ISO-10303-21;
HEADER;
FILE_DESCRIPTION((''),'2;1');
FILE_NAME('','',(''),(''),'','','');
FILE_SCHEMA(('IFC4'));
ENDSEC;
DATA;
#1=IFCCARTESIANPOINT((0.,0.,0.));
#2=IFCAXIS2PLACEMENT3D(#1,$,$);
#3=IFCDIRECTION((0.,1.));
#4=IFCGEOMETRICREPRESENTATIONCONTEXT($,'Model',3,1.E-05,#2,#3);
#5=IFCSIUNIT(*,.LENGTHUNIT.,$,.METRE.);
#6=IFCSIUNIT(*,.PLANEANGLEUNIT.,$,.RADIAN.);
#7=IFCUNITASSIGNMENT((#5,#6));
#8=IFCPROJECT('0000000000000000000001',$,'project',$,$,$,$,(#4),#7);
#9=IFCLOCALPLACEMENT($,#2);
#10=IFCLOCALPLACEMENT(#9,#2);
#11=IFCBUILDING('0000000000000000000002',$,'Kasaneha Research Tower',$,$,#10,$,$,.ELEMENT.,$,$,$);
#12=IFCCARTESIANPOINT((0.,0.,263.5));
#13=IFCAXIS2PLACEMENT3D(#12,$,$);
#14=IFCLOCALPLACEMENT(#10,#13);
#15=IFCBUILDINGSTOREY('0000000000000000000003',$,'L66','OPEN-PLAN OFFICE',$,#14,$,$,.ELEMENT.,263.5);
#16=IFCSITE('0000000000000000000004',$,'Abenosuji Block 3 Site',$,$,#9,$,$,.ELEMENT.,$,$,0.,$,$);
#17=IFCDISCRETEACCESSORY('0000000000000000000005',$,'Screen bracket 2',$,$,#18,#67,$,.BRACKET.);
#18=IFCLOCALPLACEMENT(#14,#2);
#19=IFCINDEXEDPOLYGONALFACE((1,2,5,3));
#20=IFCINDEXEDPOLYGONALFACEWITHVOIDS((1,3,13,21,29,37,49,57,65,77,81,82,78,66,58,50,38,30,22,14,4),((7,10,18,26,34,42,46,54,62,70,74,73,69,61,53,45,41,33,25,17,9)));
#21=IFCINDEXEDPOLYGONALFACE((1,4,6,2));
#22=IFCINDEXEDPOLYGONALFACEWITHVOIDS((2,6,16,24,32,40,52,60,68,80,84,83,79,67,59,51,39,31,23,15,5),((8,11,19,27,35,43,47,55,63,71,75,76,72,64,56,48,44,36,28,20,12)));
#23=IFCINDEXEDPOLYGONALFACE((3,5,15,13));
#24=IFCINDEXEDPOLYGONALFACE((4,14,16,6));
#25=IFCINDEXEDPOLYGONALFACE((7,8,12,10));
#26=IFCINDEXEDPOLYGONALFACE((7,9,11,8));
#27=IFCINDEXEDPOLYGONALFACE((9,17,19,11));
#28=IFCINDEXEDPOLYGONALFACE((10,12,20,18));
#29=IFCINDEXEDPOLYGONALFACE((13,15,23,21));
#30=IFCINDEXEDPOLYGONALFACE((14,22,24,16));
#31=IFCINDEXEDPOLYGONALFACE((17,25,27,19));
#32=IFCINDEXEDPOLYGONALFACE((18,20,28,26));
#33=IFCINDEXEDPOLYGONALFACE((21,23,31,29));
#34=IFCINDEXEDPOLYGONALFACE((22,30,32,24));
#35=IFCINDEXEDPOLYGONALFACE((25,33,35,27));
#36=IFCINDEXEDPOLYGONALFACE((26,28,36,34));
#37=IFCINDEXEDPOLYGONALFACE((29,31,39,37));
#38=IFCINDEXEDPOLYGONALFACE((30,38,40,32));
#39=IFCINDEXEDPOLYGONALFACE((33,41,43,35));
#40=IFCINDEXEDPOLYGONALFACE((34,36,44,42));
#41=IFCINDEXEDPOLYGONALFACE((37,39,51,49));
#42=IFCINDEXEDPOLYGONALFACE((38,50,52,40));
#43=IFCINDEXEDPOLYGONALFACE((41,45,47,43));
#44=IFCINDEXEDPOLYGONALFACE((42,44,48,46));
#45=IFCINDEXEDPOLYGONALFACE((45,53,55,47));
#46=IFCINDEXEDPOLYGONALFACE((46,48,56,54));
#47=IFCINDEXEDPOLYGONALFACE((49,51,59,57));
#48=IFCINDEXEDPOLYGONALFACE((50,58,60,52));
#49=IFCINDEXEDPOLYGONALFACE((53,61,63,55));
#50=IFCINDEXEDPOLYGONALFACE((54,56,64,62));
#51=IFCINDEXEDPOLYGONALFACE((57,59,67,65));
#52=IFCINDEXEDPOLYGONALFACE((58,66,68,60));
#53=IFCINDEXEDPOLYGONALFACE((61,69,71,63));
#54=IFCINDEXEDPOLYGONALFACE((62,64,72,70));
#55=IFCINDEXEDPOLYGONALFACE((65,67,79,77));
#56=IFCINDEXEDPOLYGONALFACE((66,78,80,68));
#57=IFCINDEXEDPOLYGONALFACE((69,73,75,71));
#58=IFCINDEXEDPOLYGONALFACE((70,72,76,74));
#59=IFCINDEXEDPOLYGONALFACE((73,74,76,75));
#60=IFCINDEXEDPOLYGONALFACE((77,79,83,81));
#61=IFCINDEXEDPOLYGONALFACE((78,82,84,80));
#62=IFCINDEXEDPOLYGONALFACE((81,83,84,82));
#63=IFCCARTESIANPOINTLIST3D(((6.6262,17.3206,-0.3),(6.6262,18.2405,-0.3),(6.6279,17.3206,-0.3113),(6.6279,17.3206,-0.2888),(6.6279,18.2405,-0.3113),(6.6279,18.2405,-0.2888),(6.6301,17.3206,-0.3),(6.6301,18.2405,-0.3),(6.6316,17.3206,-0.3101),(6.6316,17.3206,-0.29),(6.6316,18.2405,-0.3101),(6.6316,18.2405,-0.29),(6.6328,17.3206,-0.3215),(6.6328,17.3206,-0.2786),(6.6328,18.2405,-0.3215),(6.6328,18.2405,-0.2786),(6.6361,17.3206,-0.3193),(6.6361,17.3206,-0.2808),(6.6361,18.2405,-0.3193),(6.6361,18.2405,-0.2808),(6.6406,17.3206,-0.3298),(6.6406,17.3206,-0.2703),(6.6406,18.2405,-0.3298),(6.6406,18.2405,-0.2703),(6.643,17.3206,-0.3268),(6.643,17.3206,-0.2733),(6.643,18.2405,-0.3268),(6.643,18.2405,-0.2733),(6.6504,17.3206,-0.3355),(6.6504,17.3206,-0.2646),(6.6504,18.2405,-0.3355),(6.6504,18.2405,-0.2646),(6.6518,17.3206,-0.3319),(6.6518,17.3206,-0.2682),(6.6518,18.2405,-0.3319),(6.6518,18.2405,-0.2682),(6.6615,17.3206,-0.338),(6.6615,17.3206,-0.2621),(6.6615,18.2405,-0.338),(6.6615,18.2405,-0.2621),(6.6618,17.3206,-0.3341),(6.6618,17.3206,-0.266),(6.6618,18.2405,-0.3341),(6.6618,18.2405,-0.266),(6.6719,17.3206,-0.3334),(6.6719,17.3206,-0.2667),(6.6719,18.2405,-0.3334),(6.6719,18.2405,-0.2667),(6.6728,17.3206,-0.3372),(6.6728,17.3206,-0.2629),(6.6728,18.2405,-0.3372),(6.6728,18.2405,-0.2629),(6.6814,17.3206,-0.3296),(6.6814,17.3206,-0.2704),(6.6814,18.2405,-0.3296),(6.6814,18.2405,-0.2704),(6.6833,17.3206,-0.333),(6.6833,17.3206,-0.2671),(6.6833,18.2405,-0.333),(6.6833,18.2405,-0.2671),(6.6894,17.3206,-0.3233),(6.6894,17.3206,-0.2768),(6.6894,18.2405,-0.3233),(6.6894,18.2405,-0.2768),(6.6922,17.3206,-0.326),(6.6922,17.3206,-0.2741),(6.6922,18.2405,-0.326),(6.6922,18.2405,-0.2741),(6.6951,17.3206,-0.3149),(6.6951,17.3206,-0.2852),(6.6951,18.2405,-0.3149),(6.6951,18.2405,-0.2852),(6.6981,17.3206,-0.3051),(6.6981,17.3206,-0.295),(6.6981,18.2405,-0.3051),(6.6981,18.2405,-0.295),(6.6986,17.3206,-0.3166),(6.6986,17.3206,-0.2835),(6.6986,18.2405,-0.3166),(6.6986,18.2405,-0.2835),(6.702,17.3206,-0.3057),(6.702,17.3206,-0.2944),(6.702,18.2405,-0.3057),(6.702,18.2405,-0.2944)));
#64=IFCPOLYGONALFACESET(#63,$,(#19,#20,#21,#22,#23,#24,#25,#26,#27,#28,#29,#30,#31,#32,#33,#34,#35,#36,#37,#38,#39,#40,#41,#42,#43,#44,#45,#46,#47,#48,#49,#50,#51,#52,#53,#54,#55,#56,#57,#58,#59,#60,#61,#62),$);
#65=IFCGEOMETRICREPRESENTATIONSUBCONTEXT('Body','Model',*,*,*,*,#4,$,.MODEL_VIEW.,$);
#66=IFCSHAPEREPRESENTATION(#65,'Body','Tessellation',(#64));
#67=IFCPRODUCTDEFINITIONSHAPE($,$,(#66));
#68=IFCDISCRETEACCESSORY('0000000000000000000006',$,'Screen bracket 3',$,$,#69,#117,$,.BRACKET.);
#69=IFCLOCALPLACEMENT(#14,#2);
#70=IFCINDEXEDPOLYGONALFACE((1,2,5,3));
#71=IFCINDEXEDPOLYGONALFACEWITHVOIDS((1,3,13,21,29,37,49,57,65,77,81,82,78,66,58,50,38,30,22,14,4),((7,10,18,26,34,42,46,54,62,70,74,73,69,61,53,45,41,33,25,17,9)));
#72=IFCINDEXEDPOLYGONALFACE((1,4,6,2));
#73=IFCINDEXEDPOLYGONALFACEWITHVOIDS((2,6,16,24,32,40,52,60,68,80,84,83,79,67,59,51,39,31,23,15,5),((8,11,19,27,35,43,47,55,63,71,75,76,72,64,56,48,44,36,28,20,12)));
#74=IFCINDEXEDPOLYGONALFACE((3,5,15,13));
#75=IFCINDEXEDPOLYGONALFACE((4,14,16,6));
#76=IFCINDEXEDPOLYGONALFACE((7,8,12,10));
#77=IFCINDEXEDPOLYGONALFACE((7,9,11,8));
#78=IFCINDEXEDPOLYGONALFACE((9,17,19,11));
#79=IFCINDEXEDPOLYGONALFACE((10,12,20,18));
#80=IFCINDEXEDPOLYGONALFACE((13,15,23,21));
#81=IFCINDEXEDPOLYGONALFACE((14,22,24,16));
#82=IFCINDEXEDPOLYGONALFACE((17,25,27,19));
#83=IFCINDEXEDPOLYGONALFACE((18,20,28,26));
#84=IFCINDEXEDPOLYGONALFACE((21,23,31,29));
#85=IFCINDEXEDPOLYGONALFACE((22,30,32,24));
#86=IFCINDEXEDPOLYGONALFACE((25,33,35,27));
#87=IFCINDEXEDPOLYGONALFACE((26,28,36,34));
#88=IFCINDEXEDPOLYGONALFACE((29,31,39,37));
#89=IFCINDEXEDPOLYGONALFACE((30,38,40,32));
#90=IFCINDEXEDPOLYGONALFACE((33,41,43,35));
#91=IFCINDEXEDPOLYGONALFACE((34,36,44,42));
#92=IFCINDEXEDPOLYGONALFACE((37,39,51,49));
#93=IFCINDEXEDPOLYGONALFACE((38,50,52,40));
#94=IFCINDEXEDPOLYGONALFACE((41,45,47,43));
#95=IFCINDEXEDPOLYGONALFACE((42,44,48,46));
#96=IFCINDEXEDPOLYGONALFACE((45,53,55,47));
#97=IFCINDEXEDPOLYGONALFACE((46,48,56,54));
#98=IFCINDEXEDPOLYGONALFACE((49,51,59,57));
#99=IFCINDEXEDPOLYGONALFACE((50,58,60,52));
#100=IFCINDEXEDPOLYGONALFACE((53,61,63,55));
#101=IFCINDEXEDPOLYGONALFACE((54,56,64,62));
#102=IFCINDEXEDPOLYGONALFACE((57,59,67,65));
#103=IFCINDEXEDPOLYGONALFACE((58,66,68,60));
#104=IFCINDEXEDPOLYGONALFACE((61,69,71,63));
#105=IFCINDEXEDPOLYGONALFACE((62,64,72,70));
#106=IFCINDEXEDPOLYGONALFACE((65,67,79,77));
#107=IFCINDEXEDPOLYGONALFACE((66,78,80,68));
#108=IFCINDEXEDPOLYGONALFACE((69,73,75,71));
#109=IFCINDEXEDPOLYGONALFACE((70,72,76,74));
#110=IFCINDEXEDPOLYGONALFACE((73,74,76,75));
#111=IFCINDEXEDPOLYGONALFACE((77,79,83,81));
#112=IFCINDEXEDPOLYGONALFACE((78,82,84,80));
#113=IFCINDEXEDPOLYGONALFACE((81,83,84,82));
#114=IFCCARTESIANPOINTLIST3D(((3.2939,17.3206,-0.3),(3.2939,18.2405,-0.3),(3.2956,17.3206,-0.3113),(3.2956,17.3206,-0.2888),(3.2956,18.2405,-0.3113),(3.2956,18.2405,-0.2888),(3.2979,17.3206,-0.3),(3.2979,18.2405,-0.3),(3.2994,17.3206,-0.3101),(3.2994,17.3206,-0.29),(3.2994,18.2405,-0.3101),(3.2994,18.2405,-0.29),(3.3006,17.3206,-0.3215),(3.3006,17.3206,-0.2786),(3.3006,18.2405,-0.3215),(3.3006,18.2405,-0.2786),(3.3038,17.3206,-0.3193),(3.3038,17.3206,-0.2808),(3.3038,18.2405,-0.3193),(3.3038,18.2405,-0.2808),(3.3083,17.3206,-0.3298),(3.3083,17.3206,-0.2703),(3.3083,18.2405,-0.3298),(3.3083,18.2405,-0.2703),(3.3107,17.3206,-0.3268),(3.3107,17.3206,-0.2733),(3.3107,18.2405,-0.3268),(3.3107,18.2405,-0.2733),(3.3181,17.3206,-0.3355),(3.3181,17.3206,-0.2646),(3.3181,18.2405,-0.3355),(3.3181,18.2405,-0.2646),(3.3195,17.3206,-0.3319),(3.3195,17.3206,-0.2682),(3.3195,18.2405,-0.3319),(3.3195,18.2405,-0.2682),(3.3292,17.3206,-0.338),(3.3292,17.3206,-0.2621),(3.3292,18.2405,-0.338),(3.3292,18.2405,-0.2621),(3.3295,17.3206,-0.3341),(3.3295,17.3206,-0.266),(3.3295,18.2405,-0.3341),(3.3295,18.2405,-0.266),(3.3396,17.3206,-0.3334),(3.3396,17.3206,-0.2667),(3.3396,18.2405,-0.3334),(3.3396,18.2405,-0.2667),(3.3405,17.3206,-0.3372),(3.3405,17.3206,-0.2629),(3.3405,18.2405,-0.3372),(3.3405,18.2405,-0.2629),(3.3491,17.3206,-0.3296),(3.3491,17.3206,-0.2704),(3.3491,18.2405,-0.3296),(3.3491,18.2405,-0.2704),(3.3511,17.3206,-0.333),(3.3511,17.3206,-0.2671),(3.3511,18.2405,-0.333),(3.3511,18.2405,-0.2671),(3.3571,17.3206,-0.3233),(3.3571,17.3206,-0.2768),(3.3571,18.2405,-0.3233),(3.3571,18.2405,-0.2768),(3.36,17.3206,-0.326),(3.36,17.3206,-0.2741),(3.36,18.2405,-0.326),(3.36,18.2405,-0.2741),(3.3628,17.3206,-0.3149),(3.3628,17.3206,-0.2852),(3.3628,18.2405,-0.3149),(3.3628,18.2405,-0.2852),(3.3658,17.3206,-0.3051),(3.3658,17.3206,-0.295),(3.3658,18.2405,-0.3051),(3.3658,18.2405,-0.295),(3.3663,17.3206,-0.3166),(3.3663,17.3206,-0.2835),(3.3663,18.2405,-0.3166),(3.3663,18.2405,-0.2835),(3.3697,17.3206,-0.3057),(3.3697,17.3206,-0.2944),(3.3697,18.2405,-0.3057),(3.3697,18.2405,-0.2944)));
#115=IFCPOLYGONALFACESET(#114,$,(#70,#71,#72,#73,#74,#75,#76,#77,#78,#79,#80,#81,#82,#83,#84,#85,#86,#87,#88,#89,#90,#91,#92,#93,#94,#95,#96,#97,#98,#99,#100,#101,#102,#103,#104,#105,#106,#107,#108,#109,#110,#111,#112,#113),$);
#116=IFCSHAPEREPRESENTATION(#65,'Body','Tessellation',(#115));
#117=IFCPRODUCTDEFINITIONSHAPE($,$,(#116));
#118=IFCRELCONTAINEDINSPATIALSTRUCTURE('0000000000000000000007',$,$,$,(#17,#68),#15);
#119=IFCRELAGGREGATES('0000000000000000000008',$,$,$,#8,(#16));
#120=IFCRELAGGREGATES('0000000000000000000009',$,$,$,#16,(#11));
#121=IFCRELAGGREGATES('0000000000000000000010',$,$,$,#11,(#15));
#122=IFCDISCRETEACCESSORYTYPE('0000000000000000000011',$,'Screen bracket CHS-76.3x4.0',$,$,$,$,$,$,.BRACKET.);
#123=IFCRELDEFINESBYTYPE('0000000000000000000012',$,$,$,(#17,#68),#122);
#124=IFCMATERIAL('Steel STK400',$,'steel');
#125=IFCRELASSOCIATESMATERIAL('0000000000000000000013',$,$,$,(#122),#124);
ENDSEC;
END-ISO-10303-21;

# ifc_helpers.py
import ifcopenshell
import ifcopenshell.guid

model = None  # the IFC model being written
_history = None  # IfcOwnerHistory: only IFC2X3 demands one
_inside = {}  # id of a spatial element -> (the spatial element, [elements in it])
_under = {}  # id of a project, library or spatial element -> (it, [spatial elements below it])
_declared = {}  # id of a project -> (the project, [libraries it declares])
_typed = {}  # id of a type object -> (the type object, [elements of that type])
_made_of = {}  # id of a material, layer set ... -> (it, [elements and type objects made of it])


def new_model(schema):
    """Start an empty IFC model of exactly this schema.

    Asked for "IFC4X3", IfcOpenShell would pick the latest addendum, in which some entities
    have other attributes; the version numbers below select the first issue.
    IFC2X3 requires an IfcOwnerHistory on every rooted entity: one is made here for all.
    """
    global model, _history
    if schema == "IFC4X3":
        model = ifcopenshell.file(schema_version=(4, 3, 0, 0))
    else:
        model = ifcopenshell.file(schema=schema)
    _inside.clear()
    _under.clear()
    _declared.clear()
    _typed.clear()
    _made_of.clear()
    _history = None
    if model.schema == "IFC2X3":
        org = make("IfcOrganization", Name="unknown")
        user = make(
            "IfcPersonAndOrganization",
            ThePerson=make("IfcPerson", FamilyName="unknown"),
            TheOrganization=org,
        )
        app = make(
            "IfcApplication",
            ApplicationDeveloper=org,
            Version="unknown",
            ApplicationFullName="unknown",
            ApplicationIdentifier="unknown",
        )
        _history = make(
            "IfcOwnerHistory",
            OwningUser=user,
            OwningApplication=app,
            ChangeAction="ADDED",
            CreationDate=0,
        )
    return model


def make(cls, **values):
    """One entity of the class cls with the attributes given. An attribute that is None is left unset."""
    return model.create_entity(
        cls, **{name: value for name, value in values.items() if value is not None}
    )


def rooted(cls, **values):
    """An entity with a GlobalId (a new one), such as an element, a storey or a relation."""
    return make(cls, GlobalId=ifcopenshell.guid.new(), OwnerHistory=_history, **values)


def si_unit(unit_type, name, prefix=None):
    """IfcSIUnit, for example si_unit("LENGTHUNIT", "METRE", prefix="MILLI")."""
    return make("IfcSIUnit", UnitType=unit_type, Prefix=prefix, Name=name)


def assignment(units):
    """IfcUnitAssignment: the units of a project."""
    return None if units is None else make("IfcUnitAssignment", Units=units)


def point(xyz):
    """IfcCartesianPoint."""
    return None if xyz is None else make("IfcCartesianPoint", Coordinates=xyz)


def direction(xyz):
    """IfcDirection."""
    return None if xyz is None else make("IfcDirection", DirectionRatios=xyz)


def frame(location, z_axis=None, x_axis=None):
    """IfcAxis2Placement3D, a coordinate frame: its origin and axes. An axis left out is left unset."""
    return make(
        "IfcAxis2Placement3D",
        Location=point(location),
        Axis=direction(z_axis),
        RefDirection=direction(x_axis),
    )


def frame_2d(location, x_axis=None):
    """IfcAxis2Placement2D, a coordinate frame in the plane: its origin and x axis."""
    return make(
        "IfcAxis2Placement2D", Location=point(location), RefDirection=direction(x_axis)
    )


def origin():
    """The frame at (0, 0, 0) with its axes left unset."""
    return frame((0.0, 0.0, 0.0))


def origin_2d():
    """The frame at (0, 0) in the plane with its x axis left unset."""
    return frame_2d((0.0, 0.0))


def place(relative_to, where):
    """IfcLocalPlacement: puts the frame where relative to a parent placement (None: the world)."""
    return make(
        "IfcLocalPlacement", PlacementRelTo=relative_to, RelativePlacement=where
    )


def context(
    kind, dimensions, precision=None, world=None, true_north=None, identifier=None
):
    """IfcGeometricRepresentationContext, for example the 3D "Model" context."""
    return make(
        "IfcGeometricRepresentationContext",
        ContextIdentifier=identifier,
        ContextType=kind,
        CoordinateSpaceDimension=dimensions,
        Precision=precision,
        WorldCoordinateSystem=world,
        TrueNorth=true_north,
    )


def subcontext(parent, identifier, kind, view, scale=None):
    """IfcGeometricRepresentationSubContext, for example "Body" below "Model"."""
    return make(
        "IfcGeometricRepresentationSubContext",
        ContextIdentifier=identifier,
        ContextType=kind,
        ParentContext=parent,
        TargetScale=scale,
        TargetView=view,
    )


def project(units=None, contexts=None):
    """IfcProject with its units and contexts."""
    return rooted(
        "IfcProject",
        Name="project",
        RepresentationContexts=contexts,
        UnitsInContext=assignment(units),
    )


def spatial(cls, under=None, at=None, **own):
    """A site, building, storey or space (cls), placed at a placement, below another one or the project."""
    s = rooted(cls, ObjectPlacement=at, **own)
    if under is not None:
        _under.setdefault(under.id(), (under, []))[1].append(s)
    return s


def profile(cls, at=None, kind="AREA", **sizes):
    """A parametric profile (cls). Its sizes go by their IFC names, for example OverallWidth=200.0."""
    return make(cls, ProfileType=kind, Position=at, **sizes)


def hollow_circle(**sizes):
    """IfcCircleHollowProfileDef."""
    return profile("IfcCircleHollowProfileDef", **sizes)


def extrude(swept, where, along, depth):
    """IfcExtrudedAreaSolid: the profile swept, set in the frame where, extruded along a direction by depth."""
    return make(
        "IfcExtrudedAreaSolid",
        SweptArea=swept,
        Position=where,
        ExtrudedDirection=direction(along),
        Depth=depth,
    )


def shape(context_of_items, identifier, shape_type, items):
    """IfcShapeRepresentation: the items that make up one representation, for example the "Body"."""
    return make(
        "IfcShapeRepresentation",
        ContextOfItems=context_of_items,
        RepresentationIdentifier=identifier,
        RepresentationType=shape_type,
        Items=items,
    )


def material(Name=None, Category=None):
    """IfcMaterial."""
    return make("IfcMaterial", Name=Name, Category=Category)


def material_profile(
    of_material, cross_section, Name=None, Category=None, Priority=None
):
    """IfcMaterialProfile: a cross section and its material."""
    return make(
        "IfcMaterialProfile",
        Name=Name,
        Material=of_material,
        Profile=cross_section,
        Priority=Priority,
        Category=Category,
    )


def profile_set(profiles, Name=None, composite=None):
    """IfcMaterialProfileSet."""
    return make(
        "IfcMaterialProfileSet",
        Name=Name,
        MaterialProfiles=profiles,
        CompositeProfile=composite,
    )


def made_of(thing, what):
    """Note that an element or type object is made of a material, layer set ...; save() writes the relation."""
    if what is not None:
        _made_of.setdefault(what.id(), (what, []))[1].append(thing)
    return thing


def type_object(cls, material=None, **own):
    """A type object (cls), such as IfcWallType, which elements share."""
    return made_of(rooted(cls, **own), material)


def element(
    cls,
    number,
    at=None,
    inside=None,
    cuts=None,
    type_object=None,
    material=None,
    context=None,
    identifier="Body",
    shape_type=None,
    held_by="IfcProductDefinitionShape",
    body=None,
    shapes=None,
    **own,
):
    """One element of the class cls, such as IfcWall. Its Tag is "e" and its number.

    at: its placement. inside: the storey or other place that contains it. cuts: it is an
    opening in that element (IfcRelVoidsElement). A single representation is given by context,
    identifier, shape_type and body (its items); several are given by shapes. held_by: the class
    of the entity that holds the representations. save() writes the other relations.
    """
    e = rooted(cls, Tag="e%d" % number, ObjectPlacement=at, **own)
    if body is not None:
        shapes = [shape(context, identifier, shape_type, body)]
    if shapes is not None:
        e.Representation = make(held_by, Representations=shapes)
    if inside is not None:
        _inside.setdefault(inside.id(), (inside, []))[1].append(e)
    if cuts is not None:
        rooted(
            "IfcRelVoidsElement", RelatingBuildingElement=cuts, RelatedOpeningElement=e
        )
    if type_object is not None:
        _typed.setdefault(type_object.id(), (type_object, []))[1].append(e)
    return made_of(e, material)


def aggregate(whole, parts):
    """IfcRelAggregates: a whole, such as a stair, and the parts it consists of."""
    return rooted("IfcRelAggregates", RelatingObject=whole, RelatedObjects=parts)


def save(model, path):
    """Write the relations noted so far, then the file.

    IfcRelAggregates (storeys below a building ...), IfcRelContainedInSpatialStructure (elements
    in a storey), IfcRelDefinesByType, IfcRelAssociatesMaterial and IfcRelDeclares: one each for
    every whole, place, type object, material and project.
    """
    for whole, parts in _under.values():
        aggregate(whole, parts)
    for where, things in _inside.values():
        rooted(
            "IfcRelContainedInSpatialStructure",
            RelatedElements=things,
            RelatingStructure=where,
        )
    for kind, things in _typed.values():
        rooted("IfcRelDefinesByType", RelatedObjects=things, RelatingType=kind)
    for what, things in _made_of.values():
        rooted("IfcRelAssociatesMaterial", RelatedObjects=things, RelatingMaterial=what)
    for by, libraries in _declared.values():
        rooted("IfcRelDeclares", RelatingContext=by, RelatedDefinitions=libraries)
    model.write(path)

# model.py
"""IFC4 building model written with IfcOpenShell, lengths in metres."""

from ifc_helpers import new_model, si_unit, direction, frame, origin, origin_2d, place, context, subcontext, project, spatial, hollow_circle, extrude, material, material_profile, profile_set, type_object, element, save


model = new_model("IFC4")

# Units and contexts
model_context = context("Model", 3, precision=1e-05, world=origin(), true_north=direction((0.0, 1.0)))
body_context = subcontext(model_context, "Body", "Model", "MODEL_VIEW")
ifc_project = project(units=[si_unit("LENGTHUNIT", "METRE"), si_unit("PLANEANGLEUNIT", "RADIAN")], contexts=[model_context])

# Site, building, storey
site_placement = place(None, origin())
site = spatial("IfcSite", under=ifc_project, at=site_placement, Name="Abenosuji Block 3 Site", CompositionType="ELEMENT", RefElevation=0.0)
building_placement = place(site_placement, origin())
building = spatial("IfcBuilding", under=site, at=building_placement, Name="Kasaneha Research Tower", CompositionType="ELEMENT")
storey_placement = place(building_placement, frame((0.0, 0.0, 263.5)))
storey = spatial("IfcBuildingStorey", under=building, at=storey_placement, Name="L66", Description="OPEN-PLAN OFFICE", CompositionType="ELEMENT", Elevation=263.5)

# Discrete accessories
ifc_material_1 = material(Name="Steel STK400", Category="steel")
ifc_material_profile_1 = material_profile(ifc_material_1, hollow_circle(Radius=0.0381, WallThickness=0.0039, at=origin_2d()), Name="CHS-76.3x4.0")
ifc_profile_set_1 = profile_set([ifc_material_profile_1], Name="Steel STK400")
discrete_accessory_type = type_object("IfcDiscreteAccessoryType", Name="Screen bracket CHS-76.3x4.0", PredefinedType="BRACKET", material=ifc_profile_set_1)
for number, where, z_axis, x_axis, name in (
    (1, (6.6643, 17.3206, -0.3), (0.0, 1.0, 0.0), (-1.0, 0.0, 0.0), "Screen bracket 2"),
    (2, (3.332, 17.3206, -0.3), (0.0, 1.0, 0.0), (-1.0, 0.0, 0.0), "Screen bracket 3"),
):
    element("IfcDiscreteAccessory", number, at=place(storey_placement, frame(where, z_axis=z_axis, x_axis=x_axis)), inside=storey, type_object=discrete_accessory_type, Name=name, PredefinedType="BRACKET", context=body_context, shape_type="SweptSolid", body=[
        extrude(hollow_circle(Radius=0.0381, WallThickness=0.0039, at=origin_2d()), origin(), (0.0, 0.0, 1.0), 0.9199),
    ])

save(model, "model.ifc")
